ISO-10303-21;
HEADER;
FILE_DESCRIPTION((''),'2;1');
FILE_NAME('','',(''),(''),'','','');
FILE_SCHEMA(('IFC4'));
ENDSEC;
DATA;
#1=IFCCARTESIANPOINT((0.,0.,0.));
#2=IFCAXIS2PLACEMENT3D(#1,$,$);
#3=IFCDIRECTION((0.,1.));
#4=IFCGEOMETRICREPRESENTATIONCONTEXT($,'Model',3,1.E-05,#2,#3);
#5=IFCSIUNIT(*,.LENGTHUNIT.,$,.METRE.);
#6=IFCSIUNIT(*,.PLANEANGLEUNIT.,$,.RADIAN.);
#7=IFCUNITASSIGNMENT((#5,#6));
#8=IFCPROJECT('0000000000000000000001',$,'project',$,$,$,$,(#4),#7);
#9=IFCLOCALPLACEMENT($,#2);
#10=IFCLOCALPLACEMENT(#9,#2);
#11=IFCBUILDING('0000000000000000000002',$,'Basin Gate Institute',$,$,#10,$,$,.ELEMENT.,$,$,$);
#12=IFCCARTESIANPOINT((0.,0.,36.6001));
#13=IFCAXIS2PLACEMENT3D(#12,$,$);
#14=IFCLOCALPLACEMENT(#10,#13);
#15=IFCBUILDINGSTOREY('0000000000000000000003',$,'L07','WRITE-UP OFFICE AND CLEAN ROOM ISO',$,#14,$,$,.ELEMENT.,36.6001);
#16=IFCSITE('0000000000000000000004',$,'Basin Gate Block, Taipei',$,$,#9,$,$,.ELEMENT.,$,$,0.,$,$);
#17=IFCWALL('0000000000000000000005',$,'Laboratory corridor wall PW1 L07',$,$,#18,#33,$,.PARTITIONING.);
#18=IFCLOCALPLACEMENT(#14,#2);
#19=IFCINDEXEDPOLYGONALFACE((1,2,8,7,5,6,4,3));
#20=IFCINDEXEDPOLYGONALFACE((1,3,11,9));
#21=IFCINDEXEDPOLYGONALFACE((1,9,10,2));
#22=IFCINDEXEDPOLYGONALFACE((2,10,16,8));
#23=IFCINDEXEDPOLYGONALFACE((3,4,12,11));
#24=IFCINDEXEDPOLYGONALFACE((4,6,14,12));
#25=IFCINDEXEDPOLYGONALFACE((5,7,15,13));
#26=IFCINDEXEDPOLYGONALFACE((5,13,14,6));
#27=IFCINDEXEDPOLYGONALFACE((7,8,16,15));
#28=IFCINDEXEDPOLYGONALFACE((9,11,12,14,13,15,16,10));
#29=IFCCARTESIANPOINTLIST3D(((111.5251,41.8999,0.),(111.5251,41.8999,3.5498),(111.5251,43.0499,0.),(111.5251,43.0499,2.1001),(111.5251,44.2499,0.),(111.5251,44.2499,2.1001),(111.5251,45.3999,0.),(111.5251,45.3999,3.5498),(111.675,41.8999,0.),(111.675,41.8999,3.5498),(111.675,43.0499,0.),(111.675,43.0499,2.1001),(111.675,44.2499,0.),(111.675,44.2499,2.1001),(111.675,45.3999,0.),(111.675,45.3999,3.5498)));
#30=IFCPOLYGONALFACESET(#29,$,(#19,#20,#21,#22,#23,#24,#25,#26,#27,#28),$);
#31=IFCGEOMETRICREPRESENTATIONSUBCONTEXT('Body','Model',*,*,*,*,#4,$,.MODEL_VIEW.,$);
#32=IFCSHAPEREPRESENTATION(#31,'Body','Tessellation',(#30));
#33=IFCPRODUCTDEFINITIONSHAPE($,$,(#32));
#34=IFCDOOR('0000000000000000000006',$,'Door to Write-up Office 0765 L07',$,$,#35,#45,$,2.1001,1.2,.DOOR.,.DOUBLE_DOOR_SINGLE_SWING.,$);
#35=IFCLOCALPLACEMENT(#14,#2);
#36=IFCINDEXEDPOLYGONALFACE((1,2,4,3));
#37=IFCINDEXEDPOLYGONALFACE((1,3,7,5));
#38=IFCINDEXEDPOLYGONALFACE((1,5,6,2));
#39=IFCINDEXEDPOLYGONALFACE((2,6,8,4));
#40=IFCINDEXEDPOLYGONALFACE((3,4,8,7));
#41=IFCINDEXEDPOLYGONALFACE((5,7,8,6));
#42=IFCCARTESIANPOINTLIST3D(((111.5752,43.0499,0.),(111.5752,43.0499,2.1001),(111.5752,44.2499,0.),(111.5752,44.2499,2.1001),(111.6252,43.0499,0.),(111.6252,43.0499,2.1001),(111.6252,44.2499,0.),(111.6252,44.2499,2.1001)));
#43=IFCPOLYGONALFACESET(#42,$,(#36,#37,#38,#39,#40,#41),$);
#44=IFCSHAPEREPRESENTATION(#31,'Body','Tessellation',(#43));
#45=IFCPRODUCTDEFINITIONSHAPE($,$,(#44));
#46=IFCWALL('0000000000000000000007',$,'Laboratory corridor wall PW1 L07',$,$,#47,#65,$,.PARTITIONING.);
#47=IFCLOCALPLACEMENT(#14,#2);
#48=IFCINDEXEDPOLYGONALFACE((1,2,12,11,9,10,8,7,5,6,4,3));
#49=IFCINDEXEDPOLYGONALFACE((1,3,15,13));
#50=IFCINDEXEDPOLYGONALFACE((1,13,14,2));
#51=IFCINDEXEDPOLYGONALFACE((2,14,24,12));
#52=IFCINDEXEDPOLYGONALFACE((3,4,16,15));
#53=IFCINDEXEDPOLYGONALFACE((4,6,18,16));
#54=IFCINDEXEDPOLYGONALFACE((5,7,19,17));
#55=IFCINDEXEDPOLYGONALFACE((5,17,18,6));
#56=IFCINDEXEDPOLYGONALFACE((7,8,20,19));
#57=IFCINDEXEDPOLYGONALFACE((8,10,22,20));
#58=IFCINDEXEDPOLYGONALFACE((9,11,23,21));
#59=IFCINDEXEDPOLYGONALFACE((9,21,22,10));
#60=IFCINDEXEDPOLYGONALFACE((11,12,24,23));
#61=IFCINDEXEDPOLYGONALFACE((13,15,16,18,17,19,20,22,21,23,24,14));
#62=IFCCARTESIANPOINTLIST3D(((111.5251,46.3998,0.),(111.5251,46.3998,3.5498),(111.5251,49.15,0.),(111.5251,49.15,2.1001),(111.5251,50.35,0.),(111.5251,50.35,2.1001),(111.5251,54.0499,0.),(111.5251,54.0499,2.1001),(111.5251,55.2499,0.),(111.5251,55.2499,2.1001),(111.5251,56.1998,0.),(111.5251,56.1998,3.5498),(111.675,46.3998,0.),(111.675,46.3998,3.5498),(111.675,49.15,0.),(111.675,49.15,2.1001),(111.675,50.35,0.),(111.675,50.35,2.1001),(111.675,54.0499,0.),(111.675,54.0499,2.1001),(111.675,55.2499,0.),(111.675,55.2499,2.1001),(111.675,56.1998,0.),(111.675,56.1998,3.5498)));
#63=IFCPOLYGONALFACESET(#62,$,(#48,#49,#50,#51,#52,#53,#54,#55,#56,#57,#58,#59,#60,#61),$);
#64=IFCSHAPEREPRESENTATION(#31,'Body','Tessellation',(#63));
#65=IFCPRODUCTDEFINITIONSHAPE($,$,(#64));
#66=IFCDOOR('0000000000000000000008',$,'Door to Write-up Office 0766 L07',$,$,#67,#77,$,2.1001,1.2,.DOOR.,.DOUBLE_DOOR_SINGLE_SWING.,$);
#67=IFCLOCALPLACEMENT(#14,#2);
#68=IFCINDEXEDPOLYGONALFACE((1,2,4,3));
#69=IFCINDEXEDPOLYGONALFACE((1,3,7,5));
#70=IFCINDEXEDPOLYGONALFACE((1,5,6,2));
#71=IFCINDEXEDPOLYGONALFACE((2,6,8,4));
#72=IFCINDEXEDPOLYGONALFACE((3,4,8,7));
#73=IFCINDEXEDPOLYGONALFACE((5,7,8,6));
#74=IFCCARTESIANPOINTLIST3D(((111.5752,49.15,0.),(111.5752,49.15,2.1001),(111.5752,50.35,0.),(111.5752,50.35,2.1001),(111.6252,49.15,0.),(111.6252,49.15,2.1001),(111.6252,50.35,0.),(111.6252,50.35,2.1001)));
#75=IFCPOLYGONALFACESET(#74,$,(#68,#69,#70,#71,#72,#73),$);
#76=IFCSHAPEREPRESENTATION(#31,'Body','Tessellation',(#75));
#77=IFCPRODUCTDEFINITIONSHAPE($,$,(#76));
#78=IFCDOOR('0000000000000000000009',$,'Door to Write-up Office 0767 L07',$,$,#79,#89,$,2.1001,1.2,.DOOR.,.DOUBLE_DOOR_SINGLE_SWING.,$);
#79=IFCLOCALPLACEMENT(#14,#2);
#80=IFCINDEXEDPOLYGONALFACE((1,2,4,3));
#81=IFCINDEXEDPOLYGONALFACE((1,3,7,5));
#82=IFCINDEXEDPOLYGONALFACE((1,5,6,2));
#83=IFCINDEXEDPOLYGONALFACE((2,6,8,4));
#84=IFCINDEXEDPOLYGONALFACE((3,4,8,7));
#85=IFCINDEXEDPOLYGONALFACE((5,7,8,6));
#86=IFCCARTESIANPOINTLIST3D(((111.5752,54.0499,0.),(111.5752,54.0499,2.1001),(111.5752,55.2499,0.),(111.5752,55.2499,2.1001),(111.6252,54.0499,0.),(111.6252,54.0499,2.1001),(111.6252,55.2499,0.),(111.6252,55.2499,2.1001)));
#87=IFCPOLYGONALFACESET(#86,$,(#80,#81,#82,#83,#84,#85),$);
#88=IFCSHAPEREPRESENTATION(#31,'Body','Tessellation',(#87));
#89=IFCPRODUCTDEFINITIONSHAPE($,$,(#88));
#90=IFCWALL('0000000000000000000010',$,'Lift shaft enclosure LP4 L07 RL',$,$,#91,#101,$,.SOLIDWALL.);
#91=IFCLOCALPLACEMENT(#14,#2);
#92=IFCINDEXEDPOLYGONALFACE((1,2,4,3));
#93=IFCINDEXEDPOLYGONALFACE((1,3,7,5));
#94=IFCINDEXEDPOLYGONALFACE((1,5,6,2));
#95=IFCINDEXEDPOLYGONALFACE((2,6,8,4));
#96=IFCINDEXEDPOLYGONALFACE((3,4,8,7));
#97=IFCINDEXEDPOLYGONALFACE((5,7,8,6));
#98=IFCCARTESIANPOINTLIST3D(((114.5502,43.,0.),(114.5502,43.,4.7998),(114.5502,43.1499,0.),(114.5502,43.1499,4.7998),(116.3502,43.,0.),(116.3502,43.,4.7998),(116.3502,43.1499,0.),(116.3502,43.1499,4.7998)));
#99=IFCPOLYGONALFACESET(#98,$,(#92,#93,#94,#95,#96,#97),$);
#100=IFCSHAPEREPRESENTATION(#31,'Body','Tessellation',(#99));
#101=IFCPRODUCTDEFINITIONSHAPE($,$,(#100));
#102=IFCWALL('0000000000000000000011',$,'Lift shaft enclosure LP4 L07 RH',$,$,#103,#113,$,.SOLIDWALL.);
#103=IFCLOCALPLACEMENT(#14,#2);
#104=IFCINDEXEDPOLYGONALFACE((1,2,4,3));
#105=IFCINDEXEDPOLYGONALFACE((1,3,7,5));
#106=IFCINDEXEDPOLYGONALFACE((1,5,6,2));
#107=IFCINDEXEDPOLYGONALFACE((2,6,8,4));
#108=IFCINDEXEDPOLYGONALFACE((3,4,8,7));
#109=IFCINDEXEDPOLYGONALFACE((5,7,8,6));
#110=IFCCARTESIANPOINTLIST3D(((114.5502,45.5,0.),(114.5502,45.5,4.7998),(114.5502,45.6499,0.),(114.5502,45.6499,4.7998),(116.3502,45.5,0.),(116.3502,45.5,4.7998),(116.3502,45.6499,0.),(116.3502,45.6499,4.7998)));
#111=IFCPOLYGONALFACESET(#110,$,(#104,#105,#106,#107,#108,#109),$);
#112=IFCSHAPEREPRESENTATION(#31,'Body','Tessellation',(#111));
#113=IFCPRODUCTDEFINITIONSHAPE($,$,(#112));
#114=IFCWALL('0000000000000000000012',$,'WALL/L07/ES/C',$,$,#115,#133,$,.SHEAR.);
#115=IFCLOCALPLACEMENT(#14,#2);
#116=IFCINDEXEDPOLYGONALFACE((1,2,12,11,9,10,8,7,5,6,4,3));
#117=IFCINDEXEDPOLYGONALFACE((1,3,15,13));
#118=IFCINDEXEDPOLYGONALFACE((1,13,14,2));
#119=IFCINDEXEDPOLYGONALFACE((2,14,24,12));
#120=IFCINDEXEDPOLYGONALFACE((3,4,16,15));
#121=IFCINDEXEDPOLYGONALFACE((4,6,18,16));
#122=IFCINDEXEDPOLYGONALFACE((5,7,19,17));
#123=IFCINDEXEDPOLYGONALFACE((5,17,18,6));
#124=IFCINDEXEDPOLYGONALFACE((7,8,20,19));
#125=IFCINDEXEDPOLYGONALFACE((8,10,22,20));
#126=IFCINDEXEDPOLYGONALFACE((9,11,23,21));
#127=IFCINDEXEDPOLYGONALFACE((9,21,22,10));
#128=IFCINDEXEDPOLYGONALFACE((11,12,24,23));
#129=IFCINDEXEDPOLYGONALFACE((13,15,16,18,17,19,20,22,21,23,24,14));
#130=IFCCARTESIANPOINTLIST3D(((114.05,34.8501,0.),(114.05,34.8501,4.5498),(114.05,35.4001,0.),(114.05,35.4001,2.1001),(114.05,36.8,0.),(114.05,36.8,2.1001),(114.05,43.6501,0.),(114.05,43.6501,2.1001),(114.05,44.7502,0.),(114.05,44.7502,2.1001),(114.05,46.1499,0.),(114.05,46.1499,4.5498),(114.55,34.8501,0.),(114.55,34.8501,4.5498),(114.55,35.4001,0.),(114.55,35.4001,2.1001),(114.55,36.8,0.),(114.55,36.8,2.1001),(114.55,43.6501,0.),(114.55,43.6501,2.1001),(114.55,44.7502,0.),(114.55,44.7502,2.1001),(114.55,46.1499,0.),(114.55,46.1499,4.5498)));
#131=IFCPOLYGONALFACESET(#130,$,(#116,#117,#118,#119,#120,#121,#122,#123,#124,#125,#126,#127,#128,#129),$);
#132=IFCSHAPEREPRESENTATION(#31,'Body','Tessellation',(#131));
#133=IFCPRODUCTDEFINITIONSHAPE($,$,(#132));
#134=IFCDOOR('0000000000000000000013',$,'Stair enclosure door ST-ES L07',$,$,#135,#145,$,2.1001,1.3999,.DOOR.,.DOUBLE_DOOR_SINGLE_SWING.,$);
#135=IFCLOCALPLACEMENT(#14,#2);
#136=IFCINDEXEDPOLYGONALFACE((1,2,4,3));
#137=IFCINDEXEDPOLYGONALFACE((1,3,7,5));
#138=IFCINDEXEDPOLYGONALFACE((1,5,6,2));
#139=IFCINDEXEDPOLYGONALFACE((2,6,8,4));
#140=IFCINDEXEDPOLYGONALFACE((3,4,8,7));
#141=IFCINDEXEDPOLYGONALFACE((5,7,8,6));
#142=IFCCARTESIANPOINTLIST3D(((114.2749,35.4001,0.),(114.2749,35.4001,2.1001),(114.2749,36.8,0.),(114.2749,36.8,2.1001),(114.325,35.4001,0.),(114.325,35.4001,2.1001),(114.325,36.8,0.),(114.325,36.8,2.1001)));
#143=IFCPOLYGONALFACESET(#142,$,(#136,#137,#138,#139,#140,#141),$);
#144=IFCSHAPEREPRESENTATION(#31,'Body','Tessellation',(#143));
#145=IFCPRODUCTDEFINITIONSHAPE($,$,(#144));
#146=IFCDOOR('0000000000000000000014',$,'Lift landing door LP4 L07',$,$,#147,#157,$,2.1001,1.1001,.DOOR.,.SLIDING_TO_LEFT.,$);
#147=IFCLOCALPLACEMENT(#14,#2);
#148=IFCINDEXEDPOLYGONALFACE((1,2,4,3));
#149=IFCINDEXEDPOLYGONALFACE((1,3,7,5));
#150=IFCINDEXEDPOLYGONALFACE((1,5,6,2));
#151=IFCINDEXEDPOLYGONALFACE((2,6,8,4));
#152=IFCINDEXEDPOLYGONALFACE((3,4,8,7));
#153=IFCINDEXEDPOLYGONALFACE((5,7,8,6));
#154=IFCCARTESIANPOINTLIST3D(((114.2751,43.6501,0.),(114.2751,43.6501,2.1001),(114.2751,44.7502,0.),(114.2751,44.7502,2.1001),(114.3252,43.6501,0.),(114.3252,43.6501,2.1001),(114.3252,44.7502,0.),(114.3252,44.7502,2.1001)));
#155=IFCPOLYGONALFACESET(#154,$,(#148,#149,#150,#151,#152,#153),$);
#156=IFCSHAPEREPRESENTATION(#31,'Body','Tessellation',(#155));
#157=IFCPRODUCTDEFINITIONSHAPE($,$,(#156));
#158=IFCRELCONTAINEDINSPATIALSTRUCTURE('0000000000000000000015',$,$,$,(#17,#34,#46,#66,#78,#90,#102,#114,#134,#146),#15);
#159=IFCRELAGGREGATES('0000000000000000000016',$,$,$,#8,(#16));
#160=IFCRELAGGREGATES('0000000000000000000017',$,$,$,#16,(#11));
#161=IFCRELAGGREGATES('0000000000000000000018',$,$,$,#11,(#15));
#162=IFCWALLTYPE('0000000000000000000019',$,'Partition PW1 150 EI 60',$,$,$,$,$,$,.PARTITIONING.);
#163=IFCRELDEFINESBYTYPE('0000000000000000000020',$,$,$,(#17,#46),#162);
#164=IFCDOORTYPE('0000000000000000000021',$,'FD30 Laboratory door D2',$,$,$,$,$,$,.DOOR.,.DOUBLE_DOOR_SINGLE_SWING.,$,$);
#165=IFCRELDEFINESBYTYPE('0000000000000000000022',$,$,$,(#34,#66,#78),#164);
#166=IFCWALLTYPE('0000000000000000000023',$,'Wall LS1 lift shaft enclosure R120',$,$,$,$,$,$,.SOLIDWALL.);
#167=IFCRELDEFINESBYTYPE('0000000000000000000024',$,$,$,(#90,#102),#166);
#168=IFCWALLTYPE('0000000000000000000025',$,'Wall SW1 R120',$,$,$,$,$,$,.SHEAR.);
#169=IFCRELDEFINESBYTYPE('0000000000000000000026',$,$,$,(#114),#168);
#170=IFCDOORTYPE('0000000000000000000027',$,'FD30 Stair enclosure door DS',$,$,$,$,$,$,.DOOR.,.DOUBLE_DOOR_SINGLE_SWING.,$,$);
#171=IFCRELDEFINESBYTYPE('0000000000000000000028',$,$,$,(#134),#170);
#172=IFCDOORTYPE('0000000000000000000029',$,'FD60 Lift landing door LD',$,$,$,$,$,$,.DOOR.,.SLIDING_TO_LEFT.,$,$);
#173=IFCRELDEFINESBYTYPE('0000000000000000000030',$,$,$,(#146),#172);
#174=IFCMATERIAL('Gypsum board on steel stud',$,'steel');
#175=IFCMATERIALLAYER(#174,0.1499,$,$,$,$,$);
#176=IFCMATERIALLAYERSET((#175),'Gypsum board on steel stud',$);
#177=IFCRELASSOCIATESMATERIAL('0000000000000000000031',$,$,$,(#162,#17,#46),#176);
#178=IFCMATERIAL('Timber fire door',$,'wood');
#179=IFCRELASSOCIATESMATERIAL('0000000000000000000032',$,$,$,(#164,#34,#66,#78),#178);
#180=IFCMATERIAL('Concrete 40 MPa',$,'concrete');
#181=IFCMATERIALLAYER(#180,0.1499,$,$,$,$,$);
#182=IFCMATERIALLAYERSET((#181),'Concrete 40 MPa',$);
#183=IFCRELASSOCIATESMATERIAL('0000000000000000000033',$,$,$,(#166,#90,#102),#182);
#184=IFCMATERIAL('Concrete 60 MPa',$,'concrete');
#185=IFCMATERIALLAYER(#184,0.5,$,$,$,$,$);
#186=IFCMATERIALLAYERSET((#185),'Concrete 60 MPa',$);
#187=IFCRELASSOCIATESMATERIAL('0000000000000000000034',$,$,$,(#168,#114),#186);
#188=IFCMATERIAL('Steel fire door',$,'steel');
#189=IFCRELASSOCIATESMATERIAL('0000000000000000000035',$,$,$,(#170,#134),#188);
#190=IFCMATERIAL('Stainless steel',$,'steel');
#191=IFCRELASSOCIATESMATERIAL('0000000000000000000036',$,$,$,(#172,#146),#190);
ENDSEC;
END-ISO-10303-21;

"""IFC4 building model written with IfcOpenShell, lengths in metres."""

from ifc_helpers import new_model, si_unit, direction, frame, frame_2d, origin, place, context, subcontext, project, spatial, rectangle, extrude, material, layer, layer_set, type_object, element, fill, save


model = new_model("IFC4")

# Units and contexts
model_context = context("Model", 3, precision=1e-05, world=origin(), true_north=direction((0.0, 1.0)))
body_context = subcontext(model_context, "Body", "Model", "MODEL_VIEW")
ifc_project = project(units=[si_unit("LENGTHUNIT", "METRE"), si_unit("PLANEANGLEUNIT", "RADIAN")], contexts=[model_context])

# Site, building, storey
site_placement = place(None, origin())
site = spatial("IfcSite", under=ifc_project, at=site_placement, Name="Basin Gate Block, Taipei", CompositionType="ELEMENT", RefElevation=0.0)
building_placement = place(site_placement, origin())
building = spatial("IfcBuilding", under=site, at=building_placement, Name="Basin Gate Institute", CompositionType="ELEMENT")
storey_placement = place(building_placement, frame((0.0, 0.0, 36.6001)))
storey = spatial("IfcBuildingStorey", under=building, at=storey_placement, Name="L07", Description="WRITE-UP OFFICE AND CLEAN ROOM ISO", CompositionType="ELEMENT", Elevation=36.6001)

# Wall, opening, door
ifc_material_1 = material(Name="Gypsum board on steel stud", Category="steel")
ifc_layer_1 = layer(ifc_material_1, 0.1499)
ifc_layer_set_1 = layer_set([ifc_layer_1], Name="Gypsum board on steel stud")
wall_type_1 = type_object("IfcWallType", Name="Partition PW1 150 EI 60", PredefinedType="PARTITIONING", material=ifc_layer_set_1)
wall_1_placement = place(storey_placement, frame((111.6001, 41.8999, 0.0), z_axis=(0.0, 0.0, 1.0), x_axis=(0.0, 1.0, 0.0)))
wall_1 = element("IfcWall", 1, at=wall_1_placement, inside=storey, type_object=wall_type_1, material=ifc_layer_set_1, Name="Laboratory corridor wall PW1 L07", PredefinedType="PARTITIONING", context=body_context, shape_type="SweptSolid", body=[
    extrude(rectangle(XDim=3.5, YDim=0.1499, at=frame_2d((1.75, 0.0))), origin(), (0.0, 0.0, 1.0), 3.5498),
])
opening_1_placement = place(wall_1_placement, frame((1.1499, 0.0, 0.0)))
opening_1 = element("IfcOpeningElement", 2, at=opening_1_placement, cuts=wall_1, PredefinedType="OPENING", context=body_context, shape_type="SweptSolid", body=[
    extrude(rectangle(XDim=1.2, YDim=2.1001, at=frame_2d((0.6001, 1.05))), frame((0.0, 0.085, 0.0), z_axis=(0.0, -1.0, 0.0), x_axis=(1.0, 0.0, 0.0)), (0.0, 0.0, 1.0), 0.1699),
])
ifc_material_2 = material(Name="Timber fire door", Category="wood")
door_type_1 = type_object("IfcDoorType", Name="FD30 Laboratory door D2", OperationType="DOUBLE_DOOR_SINGLE_SWING", PredefinedType="DOOR", material=ifc_material_2)
door_1_placement = place(opening_1_placement, origin())
door_1 = element("IfcDoor", 3, at=door_1_placement, inside=storey, type_object=door_type_1, material=ifc_material_2, Name="Door to Write-up Office 0765 L07", OperationType="DOUBLE_DOOR_SINGLE_SWING", OverallHeight=2.1001, OverallWidth=1.2, PredefinedType="DOOR", context=body_context, shape_type="SweptSolid", body=[
    extrude(rectangle(XDim=1.2, YDim=2.1001, at=frame_2d((0.6001, 1.05))), frame((0.0, 0.0249, 0.0), z_axis=(0.0, -1.0, 0.0), x_axis=(1.0, 0.0, 0.0)), (0.0, 0.0, 1.0), 0.05),
])
fill(opening_1, door_1)

# Wall, openings, doors
wall_2_placement = place(storey_placement, frame((111.6001, 46.3999, 0.0), z_axis=(0.0, 0.0, 1.0), x_axis=(0.0, 1.0, 0.0)))
wall_2 = element("IfcWall", 4, at=wall_2_placement, inside=storey, type_object=wall_type_1, material=ifc_layer_set_1, Name="Laboratory corridor wall PW1 L07", PredefinedType="PARTITIONING", context=body_context, shape_type="SweptSolid", body=[
    extrude(rectangle(XDim=9.8, YDim=0.1499, at=frame_2d((4.8999, 0.0))), origin(), (0.0, 0.0, 1.0), 3.5498),
])
opening_2_placement = place(wall_2_placement, frame((2.75, 0.0, 0.0)))
opening_2 = element("IfcOpeningElement", 5, at=opening_2_placement, cuts=wall_2, PredefinedType="OPENING", context=body_context, shape_type="SweptSolid", body=[
    extrude(rectangle(XDim=1.2, YDim=2.1001, at=frame_2d((0.6001, 1.05))), frame((0.0, 0.085, 0.0), z_axis=(0.0, -1.0, 0.0), x_axis=(1.0, 0.0, 0.0)), (0.0, 0.0, 1.0), 0.1699),
])
opening_3_placement = place(wall_2_placement, frame((7.6499, 0.0, 0.0)))
opening_3 = element("IfcOpeningElement", 6, at=opening_3_placement, cuts=wall_2, PredefinedType="OPENING", context=body_context, shape_type="SweptSolid", body=[
    extrude(rectangle(XDim=1.2, YDim=2.1001, at=frame_2d((0.6001, 1.05))), frame((0.0, 0.085, 0.0), z_axis=(0.0, -1.0, 0.0), x_axis=(1.0, 0.0, 0.0)), (0.0, 0.0, 1.0), 0.1699),
])
door_2_placement = place(opening_2_placement, origin())
door_2 = element("IfcDoor", 7, at=door_2_placement, inside=storey, type_object=door_type_1, material=ifc_material_2, Name="Door to Write-up Office 0766 L07", OperationType="DOUBLE_DOOR_SINGLE_SWING", OverallHeight=2.1001, OverallWidth=1.2, PredefinedType="DOOR", context=body_context, shape_type="SweptSolid", body=[
    extrude(rectangle(XDim=1.2, YDim=2.1001, at=frame_2d((0.6001, 1.05))), frame((0.0, 0.0249, 0.0), z_axis=(0.0, -1.0, 0.0), x_axis=(1.0, 0.0, 0.0)), (0.0, 0.0, 1.0), 0.05),
])
fill(opening_2, door_2)
door_3_placement = place(opening_3_placement, origin())
door_3 = element("IfcDoor", 8, at=door_3_placement, inside=storey, type_object=door_type_1, material=ifc_material_2, Name="Door to Write-up Office 0767 L07", OperationType="DOUBLE_DOOR_SINGLE_SWING", OverallHeight=2.1001, OverallWidth=1.2, PredefinedType="DOOR", context=body_context, shape_type="SweptSolid", body=[
    extrude(rectangle(XDim=1.2, YDim=2.1001, at=frame_2d((0.6001, 1.05))), frame((0.0, 0.0249, 0.0), z_axis=(0.0, -1.0, 0.0), x_axis=(1.0, 0.0, 0.0)), (0.0, 0.0, 1.0), 0.05),
])
fill(opening_3, door_3)

# Walls
ifc_material_3 = material(Name="Concrete 40 MPa", Category="concrete")
ifc_layer_2 = layer(ifc_material_3, 0.1499)
ifc_layer_set_2 = layer_set([ifc_layer_2], Name="Concrete 40 MPa")
wall_type_2 = type_object("IfcWallType", Name="Wall LS1 lift shaft enclosure R120", PredefinedType="SOLIDWALL", material=ifc_layer_set_2)
for number, where, z_axis, x_axis, name in (
    (9, (116.3501, 43.075, 0.0), (0.0, 0.0, 1.0), (-1.0, 0.0, 0.0), "Lift shaft enclosure LP4 L07 RL"),
    (10, (116.3501, 45.575, 0.0), (0.0, 0.0, 1.0), (-1.0, 0.0, 0.0), "Lift shaft enclosure LP4 L07 RH"),
):
    element("IfcWall", number, at=place(storey_placement, frame(where, z_axis=z_axis, x_axis=x_axis)), inside=storey, type_object=wall_type_2, material=ifc_layer_set_2, Name=name, PredefinedType="SOLIDWALL", context=body_context, shape_type="SweptSolid", body=[
        extrude(rectangle(XDim=1.8, YDim=0.1499, at=frame_2d((0.8999, 0.0))), origin(), (0.0, 0.0, 1.0), 4.7998),
    ])

# Wall, openings, doors
ifc_material_4 = material(Name="Concrete 60 MPa", Category="concrete")
ifc_layer_3 = layer(ifc_material_4, 0.5)
ifc_layer_set_3 = layer_set([ifc_layer_3], Name="Concrete 60 MPa")
wall_type_3 = type_object("IfcWallType", Name="Wall SW1 R120", PredefinedType="SHEAR", material=ifc_layer_set_3)
wall_3_placement = place(storey_placement, frame((114.3, 34.8501, 0.0), z_axis=(0.0, 0.0, 1.0), x_axis=(0.0, 1.0, 0.0)))
wall_3 = element("IfcWall", 11, at=wall_3_placement, inside=storey, type_object=wall_type_3, material=ifc_layer_set_3, Name="WALL/L07/ES/C", PredefinedType="SHEAR", context=body_context, shape_type="SweptSolid", body=[
    extrude(rectangle(XDim=11.2998, YDim=0.5, at=frame_2d((5.6499, 0.0))), origin(), (0.0, 0.0, 1.0), 4.5498),
])
opening_4_placement = place(wall_3_placement, frame((0.55, 0.0, 0.0)))
opening_4 = element("IfcOpeningElement", 12, at=opening_4_placement, cuts=wall_3, PredefinedType="OPENING", context=body_context, shape_type="SweptSolid", body=[
    extrude(rectangle(XDim=1.3999, YDim=2.1001, at=frame_2d((0.7, 1.05))), frame((0.0, 0.26, 0.0), z_axis=(0.0, -1.0, 0.0), x_axis=(1.0, 0.0, 0.0)), (0.0, 0.0, 1.0), 0.52),
])
opening_5_placement = place(wall_3_placement, frame((8.8, 0.0, 0.0)))
opening_5 = element("IfcOpeningElement", 13, at=opening_5_placement, cuts=wall_3, PredefinedType="OPENING", context=body_context, shape_type="SweptSolid", body=[
    extrude(rectangle(XDim=1.1001, YDim=2.1001, at=frame_2d((0.55, 1.05))), frame((0.0, 0.26, 0.0), z_axis=(0.0, -1.0, 0.0), x_axis=(1.0, 0.0, 0.0)), (0.0, 0.0, 1.0), 0.52),
])
ifc_material_5 = material(Name="Steel fire door", Category="steel")
door_type_2 = type_object("IfcDoorType", Name="FD30 Stair enclosure door DS", OperationType="DOUBLE_DOOR_SINGLE_SWING", PredefinedType="DOOR", material=ifc_material_5)
door_4_placement = place(opening_4_placement, frame((1.3999, 0.0, 0.0), z_axis=(0.0, 0.0, 1.0), x_axis=(-1.0, 0.0, 0.0)))
door_4 = element("IfcDoor", 14, at=door_4_placement, inside=storey, type_object=door_type_2, material=ifc_material_5, Name="Stair enclosure door ST-ES L07", OperationType="DOUBLE_DOOR_SINGLE_SWING", OverallHeight=2.1001, OverallWidth=1.3999, PredefinedType="DOOR", context=body_context, shape_type="SweptSolid", body=[
    extrude(rectangle(XDim=1.3999, YDim=2.1001, at=frame_2d((0.7, 1.05))), frame((0.0, 0.0249, 0.0), z_axis=(0.0, -1.0, 0.0), x_axis=(1.0, 0.0, 0.0)), (0.0, 0.0, 1.0), 0.05),
])
fill(opening_4, door_4)
ifc_material_6 = material(Name="Stainless steel", Category="steel")
door_type_3 = type_object("IfcDoorType", Name="FD60 Lift landing door LD", OperationType="SLIDING_TO_LEFT", PredefinedType="DOOR", material=ifc_material_6)
door_5_placement = place(opening_5_placement, origin())
door_5 = element("IfcDoor", 15, at=door_5_placement, inside=storey, type_object=door_type_3, material=ifc_material_6, Name="Lift landing door LP4 L07", OperationType="SLIDING_TO_LEFT", OverallHeight=2.1001, OverallWidth=1.1001, PredefinedType="DOOR", context=body_context, shape_type="SweptSolid", body=[
    extrude(rectangle(XDim=1.1001, YDim=2.1001, at=frame_2d((0.55, 1.05))), frame((0.0, 0.0249, 0.0), z_axis=(0.0, -1.0, 0.0), x_axis=(1.0, 0.0, 0.0)), (0.0, 0.0, 1.0), 0.05),
])
fill(opening_5, door_5)

save(model, "model.ifc")
